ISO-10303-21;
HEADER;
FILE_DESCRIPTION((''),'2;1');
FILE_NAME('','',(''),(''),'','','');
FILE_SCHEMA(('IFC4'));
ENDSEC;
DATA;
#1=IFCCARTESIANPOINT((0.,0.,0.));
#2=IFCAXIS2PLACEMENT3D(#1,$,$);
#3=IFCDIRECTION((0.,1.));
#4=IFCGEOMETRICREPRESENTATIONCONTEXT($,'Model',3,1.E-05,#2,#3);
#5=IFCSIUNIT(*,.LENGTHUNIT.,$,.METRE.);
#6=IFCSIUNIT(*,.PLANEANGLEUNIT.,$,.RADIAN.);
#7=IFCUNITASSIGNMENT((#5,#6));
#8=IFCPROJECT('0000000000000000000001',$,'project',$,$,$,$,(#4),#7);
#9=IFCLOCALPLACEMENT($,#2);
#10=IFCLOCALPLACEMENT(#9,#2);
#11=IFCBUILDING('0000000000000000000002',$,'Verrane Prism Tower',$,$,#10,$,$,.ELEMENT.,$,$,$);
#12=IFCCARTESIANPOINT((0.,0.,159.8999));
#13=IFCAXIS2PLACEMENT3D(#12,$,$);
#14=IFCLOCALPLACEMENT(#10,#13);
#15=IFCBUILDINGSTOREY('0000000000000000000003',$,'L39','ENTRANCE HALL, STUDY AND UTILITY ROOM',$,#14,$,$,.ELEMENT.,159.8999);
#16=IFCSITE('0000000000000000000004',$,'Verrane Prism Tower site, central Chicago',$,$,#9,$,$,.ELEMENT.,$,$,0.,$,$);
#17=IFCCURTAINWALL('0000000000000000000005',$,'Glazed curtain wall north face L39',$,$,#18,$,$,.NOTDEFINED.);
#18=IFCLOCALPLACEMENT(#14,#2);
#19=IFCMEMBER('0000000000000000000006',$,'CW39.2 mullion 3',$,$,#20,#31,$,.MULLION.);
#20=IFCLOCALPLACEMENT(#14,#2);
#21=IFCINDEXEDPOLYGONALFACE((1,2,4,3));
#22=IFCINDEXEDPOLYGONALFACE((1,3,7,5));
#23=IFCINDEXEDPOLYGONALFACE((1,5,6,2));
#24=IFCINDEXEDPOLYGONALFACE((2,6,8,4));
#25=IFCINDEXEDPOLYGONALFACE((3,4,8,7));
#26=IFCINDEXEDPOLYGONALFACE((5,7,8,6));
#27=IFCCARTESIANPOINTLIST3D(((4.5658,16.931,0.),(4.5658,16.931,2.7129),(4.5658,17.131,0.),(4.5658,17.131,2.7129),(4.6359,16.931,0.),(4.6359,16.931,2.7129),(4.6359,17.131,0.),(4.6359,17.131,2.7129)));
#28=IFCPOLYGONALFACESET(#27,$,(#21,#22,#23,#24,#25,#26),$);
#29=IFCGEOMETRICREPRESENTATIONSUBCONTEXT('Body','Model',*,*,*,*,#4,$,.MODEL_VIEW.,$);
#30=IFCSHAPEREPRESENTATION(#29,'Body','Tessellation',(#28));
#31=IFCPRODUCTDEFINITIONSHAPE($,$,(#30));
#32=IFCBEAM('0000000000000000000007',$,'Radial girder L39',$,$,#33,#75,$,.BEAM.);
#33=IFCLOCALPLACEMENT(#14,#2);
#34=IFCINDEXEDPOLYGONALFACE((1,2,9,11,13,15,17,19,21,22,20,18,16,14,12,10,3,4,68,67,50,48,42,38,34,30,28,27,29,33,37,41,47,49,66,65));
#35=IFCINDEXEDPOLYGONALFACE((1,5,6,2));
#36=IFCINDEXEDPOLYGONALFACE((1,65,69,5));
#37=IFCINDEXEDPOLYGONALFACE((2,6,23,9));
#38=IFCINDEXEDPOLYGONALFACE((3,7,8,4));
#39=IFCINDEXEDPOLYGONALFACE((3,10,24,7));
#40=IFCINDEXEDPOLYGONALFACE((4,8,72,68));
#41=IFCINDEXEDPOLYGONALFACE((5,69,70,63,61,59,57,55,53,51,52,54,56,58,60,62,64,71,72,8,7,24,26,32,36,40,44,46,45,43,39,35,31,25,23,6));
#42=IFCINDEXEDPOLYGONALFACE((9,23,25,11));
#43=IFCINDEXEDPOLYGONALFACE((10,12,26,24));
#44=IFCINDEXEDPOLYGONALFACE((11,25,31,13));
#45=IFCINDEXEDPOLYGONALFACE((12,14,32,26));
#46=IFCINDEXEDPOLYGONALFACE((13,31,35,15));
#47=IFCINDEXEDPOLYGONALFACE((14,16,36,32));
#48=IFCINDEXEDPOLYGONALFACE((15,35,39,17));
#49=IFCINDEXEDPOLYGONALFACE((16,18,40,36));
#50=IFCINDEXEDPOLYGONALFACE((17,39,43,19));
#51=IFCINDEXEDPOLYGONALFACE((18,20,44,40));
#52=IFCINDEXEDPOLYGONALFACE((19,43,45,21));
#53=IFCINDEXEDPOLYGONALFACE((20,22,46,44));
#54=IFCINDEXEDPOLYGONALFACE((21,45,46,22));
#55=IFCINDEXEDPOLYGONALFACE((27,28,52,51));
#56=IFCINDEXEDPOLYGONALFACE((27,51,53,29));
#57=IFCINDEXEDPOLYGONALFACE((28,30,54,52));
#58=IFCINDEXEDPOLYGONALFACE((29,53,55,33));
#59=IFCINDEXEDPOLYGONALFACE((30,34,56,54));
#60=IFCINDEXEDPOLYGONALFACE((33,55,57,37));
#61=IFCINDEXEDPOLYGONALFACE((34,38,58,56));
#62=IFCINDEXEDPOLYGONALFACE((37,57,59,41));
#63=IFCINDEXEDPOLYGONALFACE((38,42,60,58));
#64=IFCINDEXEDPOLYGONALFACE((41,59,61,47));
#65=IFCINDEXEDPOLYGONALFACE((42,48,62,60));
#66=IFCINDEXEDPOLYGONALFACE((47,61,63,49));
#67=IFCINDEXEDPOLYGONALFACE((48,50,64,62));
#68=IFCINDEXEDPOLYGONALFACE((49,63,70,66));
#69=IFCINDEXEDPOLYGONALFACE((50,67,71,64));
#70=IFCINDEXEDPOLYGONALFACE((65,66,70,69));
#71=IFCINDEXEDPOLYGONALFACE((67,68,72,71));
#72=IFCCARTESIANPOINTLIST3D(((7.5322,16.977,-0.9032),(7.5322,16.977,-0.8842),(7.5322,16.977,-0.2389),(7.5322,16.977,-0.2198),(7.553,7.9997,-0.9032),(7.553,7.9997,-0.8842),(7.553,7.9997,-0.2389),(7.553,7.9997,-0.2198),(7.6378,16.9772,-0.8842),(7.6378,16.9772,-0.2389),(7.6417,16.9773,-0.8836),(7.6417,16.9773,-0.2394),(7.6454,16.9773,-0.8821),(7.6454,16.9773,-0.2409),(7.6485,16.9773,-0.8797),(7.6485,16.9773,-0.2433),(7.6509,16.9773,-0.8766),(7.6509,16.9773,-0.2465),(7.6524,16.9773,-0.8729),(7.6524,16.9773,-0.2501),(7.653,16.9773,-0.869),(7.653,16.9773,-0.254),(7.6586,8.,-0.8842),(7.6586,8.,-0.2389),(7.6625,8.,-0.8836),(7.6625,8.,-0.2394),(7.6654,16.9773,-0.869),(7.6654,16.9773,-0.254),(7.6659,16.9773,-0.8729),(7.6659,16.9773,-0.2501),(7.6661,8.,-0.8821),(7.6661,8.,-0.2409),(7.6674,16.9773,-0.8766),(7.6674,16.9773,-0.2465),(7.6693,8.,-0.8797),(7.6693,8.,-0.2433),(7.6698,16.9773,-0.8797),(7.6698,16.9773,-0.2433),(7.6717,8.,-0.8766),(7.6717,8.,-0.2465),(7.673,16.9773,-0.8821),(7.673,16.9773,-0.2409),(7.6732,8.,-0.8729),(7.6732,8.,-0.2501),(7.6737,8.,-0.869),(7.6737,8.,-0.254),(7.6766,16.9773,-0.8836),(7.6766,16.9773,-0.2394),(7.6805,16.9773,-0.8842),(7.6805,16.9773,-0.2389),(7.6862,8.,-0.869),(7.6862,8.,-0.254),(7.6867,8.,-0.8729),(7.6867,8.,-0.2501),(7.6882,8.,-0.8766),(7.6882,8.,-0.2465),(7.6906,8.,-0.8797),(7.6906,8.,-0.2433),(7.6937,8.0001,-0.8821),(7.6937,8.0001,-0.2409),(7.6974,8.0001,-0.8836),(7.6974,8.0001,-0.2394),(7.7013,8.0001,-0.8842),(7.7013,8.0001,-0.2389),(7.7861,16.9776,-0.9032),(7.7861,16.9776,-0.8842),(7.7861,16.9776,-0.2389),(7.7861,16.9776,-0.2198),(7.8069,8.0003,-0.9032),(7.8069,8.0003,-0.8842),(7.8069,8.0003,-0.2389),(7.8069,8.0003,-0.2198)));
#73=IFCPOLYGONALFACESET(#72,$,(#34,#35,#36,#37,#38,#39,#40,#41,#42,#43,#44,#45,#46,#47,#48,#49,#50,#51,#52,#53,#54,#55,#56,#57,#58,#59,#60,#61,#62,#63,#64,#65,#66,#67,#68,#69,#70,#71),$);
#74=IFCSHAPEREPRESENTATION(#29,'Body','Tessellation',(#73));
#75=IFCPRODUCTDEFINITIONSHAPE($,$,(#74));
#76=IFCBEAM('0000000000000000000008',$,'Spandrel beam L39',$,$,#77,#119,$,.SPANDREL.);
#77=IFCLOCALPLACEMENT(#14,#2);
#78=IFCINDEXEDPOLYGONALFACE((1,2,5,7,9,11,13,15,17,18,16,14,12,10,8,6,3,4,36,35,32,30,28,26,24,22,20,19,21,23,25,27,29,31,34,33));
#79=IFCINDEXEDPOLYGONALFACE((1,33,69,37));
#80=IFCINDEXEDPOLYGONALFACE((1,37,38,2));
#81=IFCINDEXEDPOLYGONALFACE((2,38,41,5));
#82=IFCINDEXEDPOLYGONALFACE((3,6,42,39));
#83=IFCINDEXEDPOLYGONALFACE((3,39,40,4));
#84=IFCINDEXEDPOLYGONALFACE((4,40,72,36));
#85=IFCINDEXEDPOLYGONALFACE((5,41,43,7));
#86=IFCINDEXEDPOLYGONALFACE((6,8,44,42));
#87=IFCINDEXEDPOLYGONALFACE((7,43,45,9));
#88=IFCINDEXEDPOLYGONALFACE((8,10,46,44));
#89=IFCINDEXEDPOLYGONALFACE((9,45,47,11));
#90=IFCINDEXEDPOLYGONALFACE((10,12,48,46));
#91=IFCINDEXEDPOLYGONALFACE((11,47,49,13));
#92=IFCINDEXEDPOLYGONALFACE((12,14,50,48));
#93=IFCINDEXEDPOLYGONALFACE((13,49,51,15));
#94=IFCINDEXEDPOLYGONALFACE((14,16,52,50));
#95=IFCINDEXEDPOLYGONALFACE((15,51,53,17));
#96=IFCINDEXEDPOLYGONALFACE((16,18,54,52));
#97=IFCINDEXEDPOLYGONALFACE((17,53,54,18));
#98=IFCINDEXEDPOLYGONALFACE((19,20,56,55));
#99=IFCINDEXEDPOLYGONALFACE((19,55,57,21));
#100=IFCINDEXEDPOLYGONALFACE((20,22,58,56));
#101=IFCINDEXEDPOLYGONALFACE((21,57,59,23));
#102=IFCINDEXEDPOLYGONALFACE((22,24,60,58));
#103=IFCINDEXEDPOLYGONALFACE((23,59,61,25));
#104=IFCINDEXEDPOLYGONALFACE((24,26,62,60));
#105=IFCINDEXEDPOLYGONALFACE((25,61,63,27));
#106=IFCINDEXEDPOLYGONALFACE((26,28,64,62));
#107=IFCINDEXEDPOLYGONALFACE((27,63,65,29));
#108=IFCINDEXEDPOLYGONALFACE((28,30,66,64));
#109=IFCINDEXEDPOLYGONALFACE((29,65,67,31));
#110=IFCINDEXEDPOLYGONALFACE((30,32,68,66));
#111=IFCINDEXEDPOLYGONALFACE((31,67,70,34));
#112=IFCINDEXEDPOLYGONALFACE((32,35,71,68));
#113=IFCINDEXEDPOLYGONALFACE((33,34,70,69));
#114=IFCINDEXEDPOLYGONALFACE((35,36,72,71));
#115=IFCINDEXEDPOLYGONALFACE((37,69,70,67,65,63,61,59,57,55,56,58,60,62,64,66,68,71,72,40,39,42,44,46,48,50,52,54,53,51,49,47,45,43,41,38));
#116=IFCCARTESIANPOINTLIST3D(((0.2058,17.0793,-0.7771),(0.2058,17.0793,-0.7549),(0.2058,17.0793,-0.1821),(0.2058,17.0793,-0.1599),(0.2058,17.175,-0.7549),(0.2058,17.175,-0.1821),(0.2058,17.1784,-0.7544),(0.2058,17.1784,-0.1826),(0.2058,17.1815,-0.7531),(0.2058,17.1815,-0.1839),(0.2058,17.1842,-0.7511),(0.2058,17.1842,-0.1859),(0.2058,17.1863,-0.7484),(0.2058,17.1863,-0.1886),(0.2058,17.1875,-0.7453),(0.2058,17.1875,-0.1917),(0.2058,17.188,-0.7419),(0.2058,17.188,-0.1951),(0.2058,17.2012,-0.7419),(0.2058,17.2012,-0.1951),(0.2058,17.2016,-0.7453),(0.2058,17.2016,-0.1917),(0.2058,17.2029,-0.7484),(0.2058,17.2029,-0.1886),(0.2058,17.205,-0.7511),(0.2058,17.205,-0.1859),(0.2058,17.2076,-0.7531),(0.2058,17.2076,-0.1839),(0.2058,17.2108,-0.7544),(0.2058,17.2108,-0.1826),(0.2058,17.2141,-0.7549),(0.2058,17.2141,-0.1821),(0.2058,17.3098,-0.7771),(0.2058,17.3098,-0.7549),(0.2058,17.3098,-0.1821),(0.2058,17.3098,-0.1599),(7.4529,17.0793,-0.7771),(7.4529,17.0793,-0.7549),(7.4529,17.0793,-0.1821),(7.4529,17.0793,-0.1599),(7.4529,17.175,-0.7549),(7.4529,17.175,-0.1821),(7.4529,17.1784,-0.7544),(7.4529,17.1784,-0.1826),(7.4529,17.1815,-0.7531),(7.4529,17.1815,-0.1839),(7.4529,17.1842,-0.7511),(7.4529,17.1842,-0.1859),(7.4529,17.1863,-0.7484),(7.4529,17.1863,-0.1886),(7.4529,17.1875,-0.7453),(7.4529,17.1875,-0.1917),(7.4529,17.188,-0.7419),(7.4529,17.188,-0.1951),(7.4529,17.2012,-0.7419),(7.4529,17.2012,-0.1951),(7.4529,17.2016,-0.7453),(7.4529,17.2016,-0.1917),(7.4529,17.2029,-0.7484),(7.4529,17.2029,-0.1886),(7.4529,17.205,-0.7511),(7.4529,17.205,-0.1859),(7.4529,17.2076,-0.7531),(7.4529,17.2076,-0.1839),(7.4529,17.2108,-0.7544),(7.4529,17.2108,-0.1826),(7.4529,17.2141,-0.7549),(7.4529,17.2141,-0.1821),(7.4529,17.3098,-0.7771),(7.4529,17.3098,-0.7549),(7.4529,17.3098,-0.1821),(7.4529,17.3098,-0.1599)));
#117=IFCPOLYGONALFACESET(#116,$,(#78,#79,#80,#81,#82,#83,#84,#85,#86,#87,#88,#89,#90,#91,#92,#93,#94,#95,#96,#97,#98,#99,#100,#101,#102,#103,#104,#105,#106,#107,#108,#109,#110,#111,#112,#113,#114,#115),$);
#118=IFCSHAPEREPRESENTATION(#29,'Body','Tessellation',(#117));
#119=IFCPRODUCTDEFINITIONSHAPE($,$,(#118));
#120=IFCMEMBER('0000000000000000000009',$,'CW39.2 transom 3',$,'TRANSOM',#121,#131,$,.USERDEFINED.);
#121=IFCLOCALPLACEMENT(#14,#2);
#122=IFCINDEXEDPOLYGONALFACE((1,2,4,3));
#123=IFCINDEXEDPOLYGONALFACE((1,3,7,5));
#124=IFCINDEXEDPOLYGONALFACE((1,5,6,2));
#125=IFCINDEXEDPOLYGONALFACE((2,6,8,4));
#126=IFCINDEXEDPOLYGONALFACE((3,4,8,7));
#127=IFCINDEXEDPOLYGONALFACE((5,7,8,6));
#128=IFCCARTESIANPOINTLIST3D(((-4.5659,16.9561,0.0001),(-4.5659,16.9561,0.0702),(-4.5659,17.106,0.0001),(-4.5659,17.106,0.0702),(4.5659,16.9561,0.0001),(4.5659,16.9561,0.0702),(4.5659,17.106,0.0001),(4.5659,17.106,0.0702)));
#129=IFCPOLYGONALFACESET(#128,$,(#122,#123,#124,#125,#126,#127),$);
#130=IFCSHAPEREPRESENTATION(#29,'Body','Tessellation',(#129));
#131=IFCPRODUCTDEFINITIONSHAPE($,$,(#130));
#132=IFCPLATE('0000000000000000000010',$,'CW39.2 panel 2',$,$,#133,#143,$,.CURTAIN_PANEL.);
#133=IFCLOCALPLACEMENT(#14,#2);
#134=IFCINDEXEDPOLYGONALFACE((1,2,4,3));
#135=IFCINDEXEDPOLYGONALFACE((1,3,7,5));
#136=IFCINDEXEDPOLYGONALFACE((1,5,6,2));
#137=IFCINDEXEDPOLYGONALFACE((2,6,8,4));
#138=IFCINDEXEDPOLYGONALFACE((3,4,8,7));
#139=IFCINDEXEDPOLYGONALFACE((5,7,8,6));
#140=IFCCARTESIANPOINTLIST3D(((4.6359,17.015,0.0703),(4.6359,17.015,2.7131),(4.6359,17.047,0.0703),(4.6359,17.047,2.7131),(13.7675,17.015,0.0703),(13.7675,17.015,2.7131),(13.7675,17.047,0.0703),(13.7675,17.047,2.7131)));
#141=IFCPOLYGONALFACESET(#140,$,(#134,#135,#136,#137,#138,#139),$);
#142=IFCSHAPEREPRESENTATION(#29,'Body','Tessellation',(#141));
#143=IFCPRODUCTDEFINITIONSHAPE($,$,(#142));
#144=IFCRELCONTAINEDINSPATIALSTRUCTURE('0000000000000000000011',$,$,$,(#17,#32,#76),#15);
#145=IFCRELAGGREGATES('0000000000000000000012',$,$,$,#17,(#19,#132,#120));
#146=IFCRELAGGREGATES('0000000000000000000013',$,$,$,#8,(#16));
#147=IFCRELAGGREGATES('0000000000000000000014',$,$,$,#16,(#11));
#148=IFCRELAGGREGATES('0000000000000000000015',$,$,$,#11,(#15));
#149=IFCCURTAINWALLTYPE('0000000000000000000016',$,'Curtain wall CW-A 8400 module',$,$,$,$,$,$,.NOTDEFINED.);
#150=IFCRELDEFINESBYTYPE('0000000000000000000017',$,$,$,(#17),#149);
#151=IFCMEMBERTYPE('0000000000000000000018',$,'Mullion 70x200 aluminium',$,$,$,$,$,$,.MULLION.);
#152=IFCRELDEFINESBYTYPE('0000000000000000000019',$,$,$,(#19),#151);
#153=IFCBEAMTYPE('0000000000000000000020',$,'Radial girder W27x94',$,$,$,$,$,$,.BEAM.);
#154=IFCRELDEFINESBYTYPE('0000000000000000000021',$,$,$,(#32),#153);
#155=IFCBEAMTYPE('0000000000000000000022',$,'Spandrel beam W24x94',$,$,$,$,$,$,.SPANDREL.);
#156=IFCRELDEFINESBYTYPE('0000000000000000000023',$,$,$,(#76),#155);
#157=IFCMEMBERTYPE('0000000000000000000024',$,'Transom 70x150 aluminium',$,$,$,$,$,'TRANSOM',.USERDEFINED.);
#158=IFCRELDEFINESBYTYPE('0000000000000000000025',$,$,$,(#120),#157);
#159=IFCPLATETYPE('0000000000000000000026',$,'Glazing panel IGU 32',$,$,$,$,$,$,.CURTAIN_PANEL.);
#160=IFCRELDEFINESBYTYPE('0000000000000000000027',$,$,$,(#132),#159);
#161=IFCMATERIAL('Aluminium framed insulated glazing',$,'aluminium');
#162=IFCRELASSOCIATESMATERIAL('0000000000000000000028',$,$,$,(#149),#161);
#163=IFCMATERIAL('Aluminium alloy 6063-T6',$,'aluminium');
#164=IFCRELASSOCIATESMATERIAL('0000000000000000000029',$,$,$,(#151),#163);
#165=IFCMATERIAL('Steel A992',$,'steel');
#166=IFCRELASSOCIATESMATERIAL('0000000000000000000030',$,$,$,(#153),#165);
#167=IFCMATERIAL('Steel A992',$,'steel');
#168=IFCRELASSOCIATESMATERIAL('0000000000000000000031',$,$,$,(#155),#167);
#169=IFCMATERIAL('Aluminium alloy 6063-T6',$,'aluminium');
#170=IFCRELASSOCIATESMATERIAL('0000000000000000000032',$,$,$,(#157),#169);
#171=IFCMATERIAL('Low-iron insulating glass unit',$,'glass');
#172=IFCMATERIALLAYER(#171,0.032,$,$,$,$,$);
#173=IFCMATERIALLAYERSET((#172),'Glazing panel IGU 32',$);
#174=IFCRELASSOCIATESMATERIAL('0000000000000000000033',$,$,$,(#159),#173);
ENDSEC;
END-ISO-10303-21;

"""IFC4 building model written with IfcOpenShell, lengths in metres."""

from ifc_helpers import new_model, si_unit, direction, frame, origin, origin_2d, place, context, subcontext, project, spatial, rectangle, i_section, extrude, material, layer, layer_set, material_profile, profile_set, type_object, element, aggregate, save


model = new_model("IFC4")

# Units and contexts
model_context = context("Model", 3, precision=1e-05, world=origin(), true_north=direction((0.0, 1.0)))
body_context = subcontext(model_context, "Body", "Model", "MODEL_VIEW")
ifc_project = project(units=[si_unit("LENGTHUNIT", "METRE"), si_unit("PLANEANGLEUNIT", "RADIAN")], contexts=[model_context])

# Site, building, storey
site_placement = place(None, origin())
site = spatial("IfcSite", under=ifc_project, at=site_placement, Name="Verrane Prism Tower site, central Chicago", CompositionType="ELEMENT", RefElevation=0.0)
building_placement = place(site_placement, origin())
building = spatial("IfcBuilding", under=site, at=building_placement, Name="Verrane Prism Tower", CompositionType="ELEMENT")
storey_placement = place(building_placement, frame((0.0, 0.0, 159.8999)))
storey = spatial("IfcBuildingStorey", under=building, at=storey_placement, Name="L39", Description="ENTRANCE HALL, STUDY AND UTILITY ROOM", CompositionType="ELEMENT", Elevation=159.8999)

# Curtain wall, member
ifc_material_1 = material(Name="Aluminium framed insulated glazing", Category="aluminium")
curtain_wall_type = type_object("IfcCurtainWallType", Name="Curtain wall CW-A 8400 module", PredefinedType="NOTDEFINED", material=ifc_material_1)
curtain_wall_placement = place(storey_placement, origin())
curtain_wall = element("IfcCurtainWall", 1, at=curtain_wall_placement, inside=storey, type_object=curtain_wall_type, Name="Glazed curtain wall north face L39", PredefinedType="NOTDEFINED")
ifc_material_2 = material(Name="Aluminium alloy 6063-T6", Category="aluminium")
ifc_material_profile_1 = material_profile(ifc_material_2, rectangle(XDim=0.2, YDim=0.0701, at=origin_2d()), Name="Mullion 70x200 aluminium")
ifc_profile_set_1 = profile_set([ifc_material_profile_1], Name="Aluminium alloy 6063-T6")
member_type_1 = type_object("IfcMemberType", Name="Mullion 70x200 aluminium", PredefinedType="MULLION", material=ifc_profile_set_1)
member_1_placement = place(storey_placement, frame((4.6008, 17.031, 0.0), z_axis=(0.0, 0.0, 1.0), x_axis=(0.0, -1.0, 0.0)))
member_1 = element("IfcMember", 2, at=member_1_placement, type_object=member_type_1, Name="CW39.2 mullion 3", PredefinedType="MULLION", context=body_context, shape_type="SweptSolid", body=[
    extrude(rectangle(XDim=0.2, YDim=0.0701, at=origin_2d()), origin(), (0.0, 0.0, 1.0), 2.7129),
])

# Beams
ifc_material_3 = material(Name="Steel A992", Category="steel")
ifc_material_profile_2 = material_profile(ifc_material_3, i_section(OverallWidth=0.2539, OverallDepth=0.6833, WebThickness=0.0125, FlangeThickness=0.019, FilletRadius=0.0151, at=origin_2d()), Name="W27x94")
ifc_profile_set_2 = profile_set([ifc_material_profile_2], Name="Steel A992")
beam_type_1 = type_object("IfcBeamType", Name="Radial girder W27x94", PredefinedType="BEAM", material=ifc_profile_set_2)
beam_1_placement = place(storey_placement, frame((7.6592, 16.9773, -0.5615), z_axis=(0.002312, -0.999997, 0.0), x_axis=(0.999997, 0.002312, 0.0)))
element("IfcBeam", 3, at=beam_1_placement, inside=storey, type_object=beam_type_1, Name="Radial girder L39", PredefinedType="BEAM", context=body_context, shape_type="SweptSolid", body=[
    extrude(i_section(OverallWidth=0.2539, OverallDepth=0.6833, WebThickness=0.0125, FlangeThickness=0.019, FilletRadius=0.0151, at=origin_2d()), origin(), (0.0, 0.0, 1.0), 8.9773),
])
ifc_material_4 = material(Name="Steel A992", Category="steel")
ifc_material_profile_3 = material_profile(ifc_material_4, i_section(OverallWidth=0.2305, OverallDepth=0.6172, WebThickness=0.0132, FlangeThickness=0.0222, FilletRadius=0.0129, at=origin_2d()), Name="W24x94")
ifc_profile_set_3 = profile_set([ifc_material_profile_3], Name="Steel A992")
beam_type_2 = type_object("IfcBeamType", Name="Spandrel beam W24x94", PredefinedType="SPANDREL", material=ifc_profile_set_3)
beam_2_placement = place(storey_placement, frame((7.4529, 17.1946, -0.4685), z_axis=(-1.0, 0.0, 0.0), x_axis=(0.0, -1.0, 0.0)))
element("IfcBeam", 4, at=beam_2_placement, inside=storey, type_object=beam_type_2, Name="Spandrel beam L39", PredefinedType="SPANDREL", context=body_context, shape_type="SweptSolid", body=[
    extrude(i_section(OverallWidth=0.2305, OverallDepth=0.6172, WebThickness=0.0132, FlangeThickness=0.0222, FilletRadius=0.0129, at=origin_2d()), origin(), (0.0, 0.0, 1.0), 7.2471),
])

# Member
ifc_material_5 = material(Name="Aluminium alloy 6063-T6", Category="aluminium")
ifc_material_profile_4 = material_profile(ifc_material_5, rectangle(XDim=0.1499, YDim=0.0701, at=origin_2d()), Name="Transom 70x150 aluminium")
ifc_profile_set_4 = profile_set([ifc_material_profile_4], Name="Aluminium alloy 6063-T6")
member_type_2 = type_object("IfcMemberType", Name="Transom 70x150 aluminium", ElementType="TRANSOM", PredefinedType="USERDEFINED", material=ifc_profile_set_4)
member_2_placement = place(storey_placement, frame((4.5659, 17.031, 0.0352), z_axis=(-1.0, 0.0, 0.0), x_axis=(0.0, -1.0, 0.0)))
member_2 = element("IfcMember", 5, at=member_2_placement, type_object=member_type_2, Name="CW39.2 transom 3", ObjectType="TRANSOM", PredefinedType="USERDEFINED", context=body_context, shape_type="SweptSolid", body=[
    extrude(rectangle(XDim=0.1499, YDim=0.0701, at=origin_2d()), origin(), (0.0, 0.0, 1.0), 9.1318),
])

# Plate
ifc_material_6 = material(Name="Low-iron insulating glass unit", Category="glass")
ifc_layer_1 = layer(ifc_material_6, 0.032)
ifc_layer_set_1 = layer_set([ifc_layer_1], Name="Glazing panel IGU 32")
plate_type = type_object("IfcPlateType", Name="Glazing panel IGU 32", PredefinedType="CURTAIN_PANEL", material=ifc_layer_set_1)
plate_placement = place(storey_placement, frame((9.2017, 17.031, 0.0703), z_axis=(0.0, 0.0, 1.0), x_axis=(-1.0, 0.0, 0.0)))
plate = element("IfcPlate", 6, at=plate_placement, type_object=plate_type, Name="CW39.2 panel 2", PredefinedType="CURTAIN_PANEL", context=body_context, shape_type="SweptSolid", body=[
    extrude(rectangle(XDim=9.1316, YDim=0.032, at=origin_2d()), origin(), (0.0, 0.0, 1.0), 2.6428),
])
aggregate(curtain_wall, [member_1, plate, member_2])

save(model, "model.ifc")
